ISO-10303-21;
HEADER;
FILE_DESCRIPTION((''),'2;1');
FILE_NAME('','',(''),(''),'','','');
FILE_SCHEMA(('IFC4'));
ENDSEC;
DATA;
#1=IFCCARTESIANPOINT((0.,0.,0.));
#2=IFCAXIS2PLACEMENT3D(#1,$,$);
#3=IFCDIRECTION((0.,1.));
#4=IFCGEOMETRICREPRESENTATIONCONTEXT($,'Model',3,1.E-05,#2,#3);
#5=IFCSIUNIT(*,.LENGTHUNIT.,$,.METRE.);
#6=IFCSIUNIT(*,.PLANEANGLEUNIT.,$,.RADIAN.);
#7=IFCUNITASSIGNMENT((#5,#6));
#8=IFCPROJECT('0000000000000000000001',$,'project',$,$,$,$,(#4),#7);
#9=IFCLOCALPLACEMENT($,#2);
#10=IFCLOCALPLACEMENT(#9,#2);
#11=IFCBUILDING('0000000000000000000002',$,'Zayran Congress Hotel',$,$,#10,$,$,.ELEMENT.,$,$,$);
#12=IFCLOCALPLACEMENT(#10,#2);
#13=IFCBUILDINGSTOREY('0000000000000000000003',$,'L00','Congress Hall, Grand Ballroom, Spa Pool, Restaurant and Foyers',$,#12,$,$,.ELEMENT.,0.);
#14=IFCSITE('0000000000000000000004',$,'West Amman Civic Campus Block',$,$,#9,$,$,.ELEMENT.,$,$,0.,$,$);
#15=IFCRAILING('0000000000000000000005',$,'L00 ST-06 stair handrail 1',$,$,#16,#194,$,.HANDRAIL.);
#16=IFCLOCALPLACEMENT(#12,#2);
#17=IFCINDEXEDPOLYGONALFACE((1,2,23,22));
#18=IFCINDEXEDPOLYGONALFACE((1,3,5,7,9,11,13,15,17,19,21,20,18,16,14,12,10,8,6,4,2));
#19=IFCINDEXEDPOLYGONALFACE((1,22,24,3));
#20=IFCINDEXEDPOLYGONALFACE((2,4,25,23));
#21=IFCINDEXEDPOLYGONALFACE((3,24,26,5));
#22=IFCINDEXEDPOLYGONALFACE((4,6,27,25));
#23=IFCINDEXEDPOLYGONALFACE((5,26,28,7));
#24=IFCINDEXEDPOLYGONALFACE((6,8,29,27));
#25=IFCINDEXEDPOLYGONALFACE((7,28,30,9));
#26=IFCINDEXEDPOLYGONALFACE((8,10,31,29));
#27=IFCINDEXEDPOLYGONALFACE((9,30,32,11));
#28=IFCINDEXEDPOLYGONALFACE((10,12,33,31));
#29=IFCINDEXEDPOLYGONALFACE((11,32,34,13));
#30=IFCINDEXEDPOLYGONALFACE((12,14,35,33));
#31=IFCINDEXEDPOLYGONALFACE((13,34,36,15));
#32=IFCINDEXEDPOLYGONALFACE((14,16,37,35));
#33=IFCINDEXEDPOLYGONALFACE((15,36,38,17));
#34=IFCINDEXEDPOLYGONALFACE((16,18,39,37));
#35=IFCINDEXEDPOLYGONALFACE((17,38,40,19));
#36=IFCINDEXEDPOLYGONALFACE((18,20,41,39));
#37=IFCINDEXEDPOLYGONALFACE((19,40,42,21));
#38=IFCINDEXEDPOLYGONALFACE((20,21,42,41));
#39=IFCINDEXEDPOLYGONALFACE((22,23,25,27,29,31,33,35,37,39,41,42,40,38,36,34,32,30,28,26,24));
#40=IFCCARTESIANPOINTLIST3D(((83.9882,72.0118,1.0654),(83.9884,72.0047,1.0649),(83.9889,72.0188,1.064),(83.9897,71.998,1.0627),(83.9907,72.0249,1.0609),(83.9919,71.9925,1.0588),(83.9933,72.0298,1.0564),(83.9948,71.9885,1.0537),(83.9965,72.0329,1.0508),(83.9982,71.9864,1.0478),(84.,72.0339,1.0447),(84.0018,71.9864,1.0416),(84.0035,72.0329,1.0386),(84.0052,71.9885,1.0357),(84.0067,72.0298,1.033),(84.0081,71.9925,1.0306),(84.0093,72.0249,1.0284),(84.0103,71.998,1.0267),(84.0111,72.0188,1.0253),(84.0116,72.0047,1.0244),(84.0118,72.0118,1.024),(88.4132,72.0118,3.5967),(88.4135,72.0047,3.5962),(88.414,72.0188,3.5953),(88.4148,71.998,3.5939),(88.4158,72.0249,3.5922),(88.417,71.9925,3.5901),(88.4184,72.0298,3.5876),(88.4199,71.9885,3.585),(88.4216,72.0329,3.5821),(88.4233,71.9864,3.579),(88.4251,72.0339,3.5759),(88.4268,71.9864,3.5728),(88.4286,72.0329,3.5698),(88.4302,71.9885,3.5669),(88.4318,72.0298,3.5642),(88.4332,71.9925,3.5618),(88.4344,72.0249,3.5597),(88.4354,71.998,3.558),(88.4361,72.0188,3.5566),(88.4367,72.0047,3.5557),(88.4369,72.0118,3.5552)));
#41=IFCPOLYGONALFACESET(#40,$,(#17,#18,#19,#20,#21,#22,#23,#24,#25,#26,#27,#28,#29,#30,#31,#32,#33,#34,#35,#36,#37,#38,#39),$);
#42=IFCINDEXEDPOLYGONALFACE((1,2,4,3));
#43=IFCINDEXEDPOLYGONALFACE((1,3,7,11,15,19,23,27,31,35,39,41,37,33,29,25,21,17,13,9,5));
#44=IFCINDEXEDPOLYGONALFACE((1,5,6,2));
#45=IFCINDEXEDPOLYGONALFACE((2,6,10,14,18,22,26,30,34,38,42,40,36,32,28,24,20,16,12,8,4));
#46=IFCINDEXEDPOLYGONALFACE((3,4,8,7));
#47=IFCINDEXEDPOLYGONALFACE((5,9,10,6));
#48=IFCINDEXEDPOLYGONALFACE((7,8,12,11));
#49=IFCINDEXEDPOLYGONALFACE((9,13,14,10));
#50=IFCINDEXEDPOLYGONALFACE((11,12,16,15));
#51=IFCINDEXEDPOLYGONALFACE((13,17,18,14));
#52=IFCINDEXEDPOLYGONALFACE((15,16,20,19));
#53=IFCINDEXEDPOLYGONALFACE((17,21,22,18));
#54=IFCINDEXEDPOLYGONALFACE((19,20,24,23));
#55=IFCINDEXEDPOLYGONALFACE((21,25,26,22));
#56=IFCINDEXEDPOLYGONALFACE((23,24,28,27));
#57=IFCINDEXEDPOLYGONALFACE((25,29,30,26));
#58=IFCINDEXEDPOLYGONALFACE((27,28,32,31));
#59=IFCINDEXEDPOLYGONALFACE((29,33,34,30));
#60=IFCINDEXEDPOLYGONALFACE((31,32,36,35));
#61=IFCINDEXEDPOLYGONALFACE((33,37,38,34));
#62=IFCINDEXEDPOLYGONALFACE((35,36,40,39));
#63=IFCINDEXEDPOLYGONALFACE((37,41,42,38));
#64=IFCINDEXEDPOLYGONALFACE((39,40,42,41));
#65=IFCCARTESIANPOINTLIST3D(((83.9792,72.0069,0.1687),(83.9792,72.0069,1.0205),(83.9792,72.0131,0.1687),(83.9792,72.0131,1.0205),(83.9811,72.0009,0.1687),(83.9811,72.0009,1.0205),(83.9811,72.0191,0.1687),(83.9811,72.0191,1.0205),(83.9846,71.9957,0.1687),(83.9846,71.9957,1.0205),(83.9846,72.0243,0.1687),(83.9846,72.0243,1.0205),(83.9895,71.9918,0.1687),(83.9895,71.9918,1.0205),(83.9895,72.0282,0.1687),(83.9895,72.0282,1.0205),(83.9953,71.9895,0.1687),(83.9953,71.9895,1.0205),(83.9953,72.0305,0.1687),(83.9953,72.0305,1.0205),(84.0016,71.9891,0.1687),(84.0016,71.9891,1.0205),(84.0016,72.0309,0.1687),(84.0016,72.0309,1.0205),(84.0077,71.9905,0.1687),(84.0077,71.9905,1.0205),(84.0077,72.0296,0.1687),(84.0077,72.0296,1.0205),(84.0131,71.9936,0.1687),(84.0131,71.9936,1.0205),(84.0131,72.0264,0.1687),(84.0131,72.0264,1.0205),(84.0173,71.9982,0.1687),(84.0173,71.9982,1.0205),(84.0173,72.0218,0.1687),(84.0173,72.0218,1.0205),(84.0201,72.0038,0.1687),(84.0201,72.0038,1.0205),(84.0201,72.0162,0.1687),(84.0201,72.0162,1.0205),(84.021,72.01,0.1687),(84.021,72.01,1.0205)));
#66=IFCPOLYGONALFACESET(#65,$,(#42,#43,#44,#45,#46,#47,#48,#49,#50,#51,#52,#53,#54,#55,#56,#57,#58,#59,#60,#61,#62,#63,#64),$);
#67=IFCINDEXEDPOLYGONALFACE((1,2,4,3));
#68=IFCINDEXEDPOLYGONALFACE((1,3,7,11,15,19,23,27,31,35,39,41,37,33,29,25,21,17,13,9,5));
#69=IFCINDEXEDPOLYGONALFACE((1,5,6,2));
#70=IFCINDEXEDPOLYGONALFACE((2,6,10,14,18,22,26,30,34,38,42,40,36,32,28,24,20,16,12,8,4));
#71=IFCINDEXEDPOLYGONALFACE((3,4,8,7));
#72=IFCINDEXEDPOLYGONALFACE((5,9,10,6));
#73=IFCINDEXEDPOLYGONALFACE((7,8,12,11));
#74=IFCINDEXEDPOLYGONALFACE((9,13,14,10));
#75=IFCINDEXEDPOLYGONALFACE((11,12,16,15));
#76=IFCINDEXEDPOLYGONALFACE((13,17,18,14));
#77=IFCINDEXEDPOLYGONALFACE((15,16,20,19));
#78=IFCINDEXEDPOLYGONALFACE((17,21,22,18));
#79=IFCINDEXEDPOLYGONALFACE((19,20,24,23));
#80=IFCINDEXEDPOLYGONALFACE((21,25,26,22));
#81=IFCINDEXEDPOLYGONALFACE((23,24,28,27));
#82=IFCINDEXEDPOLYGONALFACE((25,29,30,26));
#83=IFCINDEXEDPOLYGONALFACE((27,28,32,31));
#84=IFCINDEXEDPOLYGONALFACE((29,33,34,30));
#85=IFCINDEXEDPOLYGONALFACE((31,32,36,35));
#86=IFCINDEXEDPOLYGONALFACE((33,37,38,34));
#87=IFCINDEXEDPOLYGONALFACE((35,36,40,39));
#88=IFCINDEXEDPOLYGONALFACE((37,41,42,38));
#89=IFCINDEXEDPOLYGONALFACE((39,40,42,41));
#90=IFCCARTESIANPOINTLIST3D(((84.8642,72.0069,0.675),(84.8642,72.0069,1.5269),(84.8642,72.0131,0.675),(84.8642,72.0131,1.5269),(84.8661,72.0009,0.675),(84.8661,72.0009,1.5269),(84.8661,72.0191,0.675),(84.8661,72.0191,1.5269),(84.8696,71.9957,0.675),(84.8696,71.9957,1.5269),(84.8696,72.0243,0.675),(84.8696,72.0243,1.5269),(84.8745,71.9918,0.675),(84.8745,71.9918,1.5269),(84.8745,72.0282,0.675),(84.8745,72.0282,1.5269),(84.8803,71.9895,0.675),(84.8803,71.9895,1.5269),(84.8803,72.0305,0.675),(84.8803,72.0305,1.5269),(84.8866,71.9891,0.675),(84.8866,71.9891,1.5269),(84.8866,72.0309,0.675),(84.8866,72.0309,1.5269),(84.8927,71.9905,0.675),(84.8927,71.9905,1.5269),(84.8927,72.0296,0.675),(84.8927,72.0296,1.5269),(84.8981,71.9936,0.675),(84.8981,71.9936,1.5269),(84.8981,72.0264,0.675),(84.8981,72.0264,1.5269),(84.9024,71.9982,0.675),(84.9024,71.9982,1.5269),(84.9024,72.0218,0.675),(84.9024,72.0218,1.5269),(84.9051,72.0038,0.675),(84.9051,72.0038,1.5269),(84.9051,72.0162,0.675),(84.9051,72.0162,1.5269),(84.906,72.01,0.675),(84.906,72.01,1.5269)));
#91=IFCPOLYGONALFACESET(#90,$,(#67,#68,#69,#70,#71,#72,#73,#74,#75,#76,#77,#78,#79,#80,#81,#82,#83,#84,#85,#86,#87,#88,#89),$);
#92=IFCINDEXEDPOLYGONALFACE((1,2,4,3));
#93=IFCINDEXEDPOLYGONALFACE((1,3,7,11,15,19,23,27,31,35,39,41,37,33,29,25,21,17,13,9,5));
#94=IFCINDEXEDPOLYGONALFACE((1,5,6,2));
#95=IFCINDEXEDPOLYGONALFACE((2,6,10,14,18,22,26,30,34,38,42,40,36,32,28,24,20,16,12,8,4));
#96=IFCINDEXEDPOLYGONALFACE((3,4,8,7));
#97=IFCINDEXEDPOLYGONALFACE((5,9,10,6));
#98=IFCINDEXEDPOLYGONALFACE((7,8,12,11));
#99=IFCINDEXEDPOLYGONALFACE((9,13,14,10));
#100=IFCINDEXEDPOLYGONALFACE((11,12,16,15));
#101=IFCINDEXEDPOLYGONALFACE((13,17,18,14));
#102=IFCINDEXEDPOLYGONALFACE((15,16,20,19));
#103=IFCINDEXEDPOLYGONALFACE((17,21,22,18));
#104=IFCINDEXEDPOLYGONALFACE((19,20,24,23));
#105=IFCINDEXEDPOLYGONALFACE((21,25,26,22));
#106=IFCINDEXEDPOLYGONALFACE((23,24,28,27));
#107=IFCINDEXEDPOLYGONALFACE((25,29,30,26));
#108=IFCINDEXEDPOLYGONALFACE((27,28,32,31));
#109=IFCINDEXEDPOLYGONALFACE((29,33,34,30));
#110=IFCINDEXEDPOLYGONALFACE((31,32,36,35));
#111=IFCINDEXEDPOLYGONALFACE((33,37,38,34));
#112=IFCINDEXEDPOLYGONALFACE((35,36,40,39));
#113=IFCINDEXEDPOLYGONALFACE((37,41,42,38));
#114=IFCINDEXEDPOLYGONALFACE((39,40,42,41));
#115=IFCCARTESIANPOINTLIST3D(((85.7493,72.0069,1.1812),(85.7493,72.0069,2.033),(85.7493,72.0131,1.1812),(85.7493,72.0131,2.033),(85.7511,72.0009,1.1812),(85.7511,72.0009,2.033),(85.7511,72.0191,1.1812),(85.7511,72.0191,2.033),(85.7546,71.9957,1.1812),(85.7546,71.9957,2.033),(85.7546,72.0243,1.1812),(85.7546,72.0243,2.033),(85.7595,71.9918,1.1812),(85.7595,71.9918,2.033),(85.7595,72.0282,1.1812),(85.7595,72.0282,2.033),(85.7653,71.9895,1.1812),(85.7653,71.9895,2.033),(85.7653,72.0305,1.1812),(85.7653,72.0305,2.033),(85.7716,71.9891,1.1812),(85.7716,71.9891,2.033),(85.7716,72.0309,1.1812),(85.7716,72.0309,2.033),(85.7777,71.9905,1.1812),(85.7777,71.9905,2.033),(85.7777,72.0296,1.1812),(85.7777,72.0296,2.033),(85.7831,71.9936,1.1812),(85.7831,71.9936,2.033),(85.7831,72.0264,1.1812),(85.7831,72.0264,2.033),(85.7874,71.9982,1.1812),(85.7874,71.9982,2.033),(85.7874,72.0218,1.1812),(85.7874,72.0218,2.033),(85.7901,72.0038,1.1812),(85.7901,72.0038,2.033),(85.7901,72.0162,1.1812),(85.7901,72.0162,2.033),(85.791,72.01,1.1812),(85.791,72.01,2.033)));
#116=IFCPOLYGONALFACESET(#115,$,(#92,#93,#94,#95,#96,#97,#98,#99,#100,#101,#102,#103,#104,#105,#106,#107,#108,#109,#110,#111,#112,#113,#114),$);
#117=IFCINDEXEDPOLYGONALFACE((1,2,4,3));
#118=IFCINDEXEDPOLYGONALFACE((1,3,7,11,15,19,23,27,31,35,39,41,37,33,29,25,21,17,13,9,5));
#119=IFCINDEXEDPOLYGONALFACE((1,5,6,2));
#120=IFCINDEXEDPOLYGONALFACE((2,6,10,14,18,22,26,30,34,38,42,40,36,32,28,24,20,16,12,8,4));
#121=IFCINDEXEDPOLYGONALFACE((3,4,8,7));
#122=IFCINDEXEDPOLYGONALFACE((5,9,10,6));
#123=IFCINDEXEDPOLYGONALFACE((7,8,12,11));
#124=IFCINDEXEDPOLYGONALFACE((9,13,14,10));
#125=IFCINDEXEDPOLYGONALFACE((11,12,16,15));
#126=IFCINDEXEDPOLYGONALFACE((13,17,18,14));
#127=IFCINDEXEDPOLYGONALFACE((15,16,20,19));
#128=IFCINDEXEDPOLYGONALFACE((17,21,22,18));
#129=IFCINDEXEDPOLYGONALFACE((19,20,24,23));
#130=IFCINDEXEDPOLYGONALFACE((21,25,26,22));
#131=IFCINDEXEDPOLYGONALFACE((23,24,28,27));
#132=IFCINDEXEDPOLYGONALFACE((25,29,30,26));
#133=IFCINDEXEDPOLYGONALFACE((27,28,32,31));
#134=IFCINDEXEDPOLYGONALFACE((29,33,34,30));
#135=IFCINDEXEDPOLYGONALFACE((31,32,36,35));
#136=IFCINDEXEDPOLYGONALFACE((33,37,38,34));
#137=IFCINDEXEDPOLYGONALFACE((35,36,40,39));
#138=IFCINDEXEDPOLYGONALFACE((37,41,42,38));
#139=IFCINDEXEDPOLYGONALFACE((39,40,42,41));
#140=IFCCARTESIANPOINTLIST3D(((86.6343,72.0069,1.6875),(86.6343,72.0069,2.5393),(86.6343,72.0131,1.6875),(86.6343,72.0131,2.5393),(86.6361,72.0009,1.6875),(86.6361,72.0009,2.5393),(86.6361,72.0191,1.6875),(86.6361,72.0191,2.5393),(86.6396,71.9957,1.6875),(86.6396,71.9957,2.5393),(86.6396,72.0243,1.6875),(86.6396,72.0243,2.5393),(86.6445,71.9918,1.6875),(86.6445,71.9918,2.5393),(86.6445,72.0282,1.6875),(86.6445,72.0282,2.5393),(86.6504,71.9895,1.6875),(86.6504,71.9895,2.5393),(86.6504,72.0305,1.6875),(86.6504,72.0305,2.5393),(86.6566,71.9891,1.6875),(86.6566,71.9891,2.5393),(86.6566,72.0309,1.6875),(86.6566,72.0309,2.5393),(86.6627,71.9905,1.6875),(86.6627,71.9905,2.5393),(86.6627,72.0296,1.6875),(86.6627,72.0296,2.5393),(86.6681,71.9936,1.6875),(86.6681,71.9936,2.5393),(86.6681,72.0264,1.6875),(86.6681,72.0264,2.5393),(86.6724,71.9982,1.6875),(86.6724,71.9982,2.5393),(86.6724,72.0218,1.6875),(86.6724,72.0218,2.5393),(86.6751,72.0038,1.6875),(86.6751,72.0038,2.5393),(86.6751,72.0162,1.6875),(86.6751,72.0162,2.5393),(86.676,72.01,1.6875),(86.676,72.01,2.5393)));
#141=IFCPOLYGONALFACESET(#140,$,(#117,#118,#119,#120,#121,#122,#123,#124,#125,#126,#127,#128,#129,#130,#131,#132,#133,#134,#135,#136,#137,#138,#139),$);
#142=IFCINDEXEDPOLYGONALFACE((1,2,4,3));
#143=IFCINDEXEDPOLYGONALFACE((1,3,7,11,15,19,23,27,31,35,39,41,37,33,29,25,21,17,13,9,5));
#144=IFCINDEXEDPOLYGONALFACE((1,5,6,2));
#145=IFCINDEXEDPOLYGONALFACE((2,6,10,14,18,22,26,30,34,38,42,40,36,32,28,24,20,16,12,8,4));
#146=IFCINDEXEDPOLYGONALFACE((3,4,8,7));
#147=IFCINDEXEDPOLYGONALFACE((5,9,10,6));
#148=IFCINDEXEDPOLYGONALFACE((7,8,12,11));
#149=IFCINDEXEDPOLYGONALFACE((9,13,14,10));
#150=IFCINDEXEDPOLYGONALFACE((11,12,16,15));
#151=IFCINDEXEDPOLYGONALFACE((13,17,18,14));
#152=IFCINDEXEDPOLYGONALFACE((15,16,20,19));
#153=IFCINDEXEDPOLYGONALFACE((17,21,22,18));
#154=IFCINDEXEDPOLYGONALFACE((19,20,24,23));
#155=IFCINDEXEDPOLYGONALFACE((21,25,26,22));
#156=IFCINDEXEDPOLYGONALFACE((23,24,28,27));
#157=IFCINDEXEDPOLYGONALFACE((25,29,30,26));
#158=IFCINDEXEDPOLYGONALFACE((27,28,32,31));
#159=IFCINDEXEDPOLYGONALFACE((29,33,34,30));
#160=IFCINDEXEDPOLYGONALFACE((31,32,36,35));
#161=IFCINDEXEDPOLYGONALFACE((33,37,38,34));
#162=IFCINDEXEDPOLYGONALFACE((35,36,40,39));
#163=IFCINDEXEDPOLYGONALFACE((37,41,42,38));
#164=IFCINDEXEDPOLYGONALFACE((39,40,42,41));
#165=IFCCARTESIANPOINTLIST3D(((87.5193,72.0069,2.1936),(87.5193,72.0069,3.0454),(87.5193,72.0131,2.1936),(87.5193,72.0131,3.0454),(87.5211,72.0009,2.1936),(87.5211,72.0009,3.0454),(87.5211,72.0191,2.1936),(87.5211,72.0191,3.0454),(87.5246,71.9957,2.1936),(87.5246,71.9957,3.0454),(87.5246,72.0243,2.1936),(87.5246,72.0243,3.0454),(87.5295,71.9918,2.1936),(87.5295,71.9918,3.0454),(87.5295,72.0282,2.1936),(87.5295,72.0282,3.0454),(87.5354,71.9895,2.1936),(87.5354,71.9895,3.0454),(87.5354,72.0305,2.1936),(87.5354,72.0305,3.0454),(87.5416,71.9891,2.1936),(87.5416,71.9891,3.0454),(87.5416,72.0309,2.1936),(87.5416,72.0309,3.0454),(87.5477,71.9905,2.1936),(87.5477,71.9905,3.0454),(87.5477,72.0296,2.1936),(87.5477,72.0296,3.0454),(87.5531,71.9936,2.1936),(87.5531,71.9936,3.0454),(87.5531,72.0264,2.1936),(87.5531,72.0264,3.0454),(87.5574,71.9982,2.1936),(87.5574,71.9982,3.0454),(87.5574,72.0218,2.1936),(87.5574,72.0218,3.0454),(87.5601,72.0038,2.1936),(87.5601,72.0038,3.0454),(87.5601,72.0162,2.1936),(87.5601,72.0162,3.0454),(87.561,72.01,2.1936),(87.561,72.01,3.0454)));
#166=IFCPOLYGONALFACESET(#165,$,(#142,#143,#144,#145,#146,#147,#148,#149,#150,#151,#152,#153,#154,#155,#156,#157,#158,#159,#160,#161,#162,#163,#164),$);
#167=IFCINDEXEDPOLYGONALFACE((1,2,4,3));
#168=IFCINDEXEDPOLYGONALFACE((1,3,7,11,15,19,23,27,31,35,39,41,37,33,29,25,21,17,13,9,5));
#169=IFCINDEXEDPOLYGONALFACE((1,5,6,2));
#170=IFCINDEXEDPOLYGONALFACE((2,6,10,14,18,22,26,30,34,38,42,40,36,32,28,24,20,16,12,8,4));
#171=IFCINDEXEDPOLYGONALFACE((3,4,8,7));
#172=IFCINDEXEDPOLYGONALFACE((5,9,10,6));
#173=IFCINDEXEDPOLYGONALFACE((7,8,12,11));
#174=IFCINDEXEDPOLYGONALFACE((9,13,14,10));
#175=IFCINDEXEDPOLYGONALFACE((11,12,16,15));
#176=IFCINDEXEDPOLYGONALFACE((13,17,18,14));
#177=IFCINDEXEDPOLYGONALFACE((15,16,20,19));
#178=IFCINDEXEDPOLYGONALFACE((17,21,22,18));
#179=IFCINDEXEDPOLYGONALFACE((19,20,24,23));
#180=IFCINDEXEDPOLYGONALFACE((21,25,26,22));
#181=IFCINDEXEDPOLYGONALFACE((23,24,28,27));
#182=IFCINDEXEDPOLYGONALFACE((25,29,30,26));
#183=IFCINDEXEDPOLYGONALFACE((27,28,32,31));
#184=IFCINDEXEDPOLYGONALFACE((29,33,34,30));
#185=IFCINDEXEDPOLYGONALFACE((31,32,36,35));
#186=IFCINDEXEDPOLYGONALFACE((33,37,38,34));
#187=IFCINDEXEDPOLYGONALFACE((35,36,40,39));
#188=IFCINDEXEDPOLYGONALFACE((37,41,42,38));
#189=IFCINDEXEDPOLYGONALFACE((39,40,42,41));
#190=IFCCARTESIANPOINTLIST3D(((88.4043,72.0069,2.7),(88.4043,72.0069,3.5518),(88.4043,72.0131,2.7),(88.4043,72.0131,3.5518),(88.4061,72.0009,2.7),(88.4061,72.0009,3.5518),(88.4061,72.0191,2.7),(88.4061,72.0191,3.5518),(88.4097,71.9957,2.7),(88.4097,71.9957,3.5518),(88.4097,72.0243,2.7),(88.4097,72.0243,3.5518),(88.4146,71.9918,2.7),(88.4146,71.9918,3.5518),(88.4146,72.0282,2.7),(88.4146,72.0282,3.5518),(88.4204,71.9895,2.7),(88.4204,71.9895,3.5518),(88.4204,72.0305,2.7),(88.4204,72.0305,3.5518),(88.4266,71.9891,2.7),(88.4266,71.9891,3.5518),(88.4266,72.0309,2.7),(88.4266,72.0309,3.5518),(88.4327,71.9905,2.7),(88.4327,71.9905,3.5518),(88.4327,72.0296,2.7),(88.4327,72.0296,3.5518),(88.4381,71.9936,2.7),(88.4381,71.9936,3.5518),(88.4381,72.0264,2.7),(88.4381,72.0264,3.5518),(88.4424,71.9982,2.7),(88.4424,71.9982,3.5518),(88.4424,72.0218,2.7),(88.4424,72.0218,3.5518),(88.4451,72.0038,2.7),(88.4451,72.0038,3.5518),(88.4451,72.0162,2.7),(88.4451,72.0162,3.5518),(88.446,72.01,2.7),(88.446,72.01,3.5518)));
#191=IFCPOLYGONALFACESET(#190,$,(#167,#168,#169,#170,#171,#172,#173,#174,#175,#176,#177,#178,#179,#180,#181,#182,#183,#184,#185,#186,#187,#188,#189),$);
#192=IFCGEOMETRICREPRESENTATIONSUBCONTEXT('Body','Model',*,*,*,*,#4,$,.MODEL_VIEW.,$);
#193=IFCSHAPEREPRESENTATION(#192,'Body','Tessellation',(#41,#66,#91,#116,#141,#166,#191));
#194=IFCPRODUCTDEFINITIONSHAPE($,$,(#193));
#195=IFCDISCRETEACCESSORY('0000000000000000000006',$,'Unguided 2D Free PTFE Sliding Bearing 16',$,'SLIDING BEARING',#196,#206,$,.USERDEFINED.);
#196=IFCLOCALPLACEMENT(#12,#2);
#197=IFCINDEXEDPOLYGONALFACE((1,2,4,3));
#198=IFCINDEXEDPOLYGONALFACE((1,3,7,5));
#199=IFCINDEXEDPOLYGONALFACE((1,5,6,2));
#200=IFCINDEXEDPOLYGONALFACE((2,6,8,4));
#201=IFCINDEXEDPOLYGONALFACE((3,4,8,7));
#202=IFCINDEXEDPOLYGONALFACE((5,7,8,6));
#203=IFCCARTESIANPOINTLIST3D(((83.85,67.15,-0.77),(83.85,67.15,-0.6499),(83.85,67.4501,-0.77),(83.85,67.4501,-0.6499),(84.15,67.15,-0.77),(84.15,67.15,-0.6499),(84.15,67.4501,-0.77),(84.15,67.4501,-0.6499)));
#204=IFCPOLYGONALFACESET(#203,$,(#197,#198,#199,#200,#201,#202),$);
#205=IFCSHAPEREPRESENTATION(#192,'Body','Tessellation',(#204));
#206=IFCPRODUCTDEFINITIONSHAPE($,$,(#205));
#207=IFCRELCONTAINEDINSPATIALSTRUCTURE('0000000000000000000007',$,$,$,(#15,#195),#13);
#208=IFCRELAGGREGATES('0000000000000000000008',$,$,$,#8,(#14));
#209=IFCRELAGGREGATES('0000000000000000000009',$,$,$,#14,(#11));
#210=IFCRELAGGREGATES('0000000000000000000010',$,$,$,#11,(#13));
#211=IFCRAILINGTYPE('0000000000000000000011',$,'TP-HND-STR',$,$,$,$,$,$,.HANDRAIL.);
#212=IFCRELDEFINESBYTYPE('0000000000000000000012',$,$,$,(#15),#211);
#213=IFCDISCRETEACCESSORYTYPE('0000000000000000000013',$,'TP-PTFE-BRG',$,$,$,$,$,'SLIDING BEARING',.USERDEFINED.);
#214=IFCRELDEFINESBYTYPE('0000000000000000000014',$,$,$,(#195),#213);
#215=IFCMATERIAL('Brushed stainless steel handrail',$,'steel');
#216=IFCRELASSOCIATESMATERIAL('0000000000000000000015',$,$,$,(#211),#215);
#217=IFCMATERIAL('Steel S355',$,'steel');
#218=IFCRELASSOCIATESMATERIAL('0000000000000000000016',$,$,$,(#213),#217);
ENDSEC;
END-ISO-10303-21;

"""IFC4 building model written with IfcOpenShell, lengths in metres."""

from ifc_helpers import new_model, si_unit, direction, frame, origin, origin_2d, place, context, subcontext, project, spatial, rectangle, circle, extrude, material, type_object, element, save


model = new_model("IFC4")

# Units and contexts
model_context = context("Model", 3, precision=1e-05, world=origin(), true_north=direction((0.0, 1.0)))
body_context = subcontext(model_context, "Body", "Model", "MODEL_VIEW")
ifc_project = project(units=[si_unit("LENGTHUNIT", "METRE"), si_unit("PLANEANGLEUNIT", "RADIAN")], contexts=[model_context])

# Site, building, storey
site_placement = place(None, origin())
site = spatial("IfcSite", under=ifc_project, at=site_placement, Name="West Amman Civic Campus Block", CompositionType="ELEMENT", RefElevation=0.0)
building_placement = place(site_placement, origin())
building = spatial("IfcBuilding", under=site, at=building_placement, Name="Zayran Congress Hotel", CompositionType="ELEMENT")
storey_placement = place(building_placement, origin())
storey = spatial("IfcBuildingStorey", under=building, at=storey_placement, Name="L00", Description="Congress Hall, Grand Ballroom, Spa Pool, Restaurant and Foyers", CompositionType="ELEMENT", Elevation=0.0)

# Shared definitions
ifc_material_1 = material(Name="Steel S355", Category="steel")

# Railing
ifc_material_2 = material(Name="Brushed stainless steel handrail", Category="steel")
railing_type_1 = type_object("IfcRailingType", Name="TP-HND-STR", PredefinedType="HANDRAIL", material=ifc_material_2)
railing_1_placement = place(storey_placement, frame((84.0, 72.01, 0.1687)))
element("IfcRailing", 1, at=railing_1_placement, inside=storey, type_object=railing_type_1, Name="L00 ST-06 stair handrail 1", PredefinedType="HANDRAIL", context=body_context, shape_type="SweptSolid", body=[
    extrude(circle(Radius=0.0239, at=origin_2d()), frame((0.0, 0.0, 0.876), z_axis=(0.868019, 0.0, 0.496531), x_axis=(0.0, 1.0, 0.0)), (0.0, 0.0, 1.0), 5.0979),
    extrude(circle(Radius=0.021, at=origin_2d()), origin(), (0.0, 0.0, 1.0), 0.8518),
    extrude(circle(Radius=0.021, at=origin_2d()), frame((0.885, 0.0, 0.5063)), (0.0, 0.0, 1.0), 0.8518),
    extrude(circle(Radius=0.021, at=origin_2d()), frame((1.77, 0.0, 1.0125)), (0.0, 0.0, 1.0), 0.8518),
    extrude(circle(Radius=0.021, at=origin_2d()), frame((2.655, 0.0, 1.5188)), (0.0, 0.0, 1.0), 0.8518),
    extrude(circle(Radius=0.021, at=origin_2d()), frame((3.54, 0.0, 2.0249)), (0.0, 0.0, 1.0), 0.8518),
    extrude(circle(Radius=0.021, at=origin_2d()), frame((4.425, 0.0, 2.5312)), (0.0, 0.0, 1.0), 0.8518),
])

# Discrete accessory
discrete_accessory_type_1 = type_object("IfcDiscreteAccessoryType", Name="TP-PTFE-BRG", ElementType="SLIDING BEARING", PredefinedType="USERDEFINED", material=ifc_material_1)
discrete_accessory_1_placement = place(storey_placement, frame((84.0, 67.3, -0.77), z_axis=(0.0, 0.0, 1.0), x_axis=(1.0, 0.0, 0.0)))
element("IfcDiscreteAccessory", 2, at=discrete_accessory_1_placement, inside=storey, type_object=discrete_accessory_type_1, Name="Unguided 2D Free PTFE Sliding Bearing 16", ObjectType="SLIDING BEARING", PredefinedType="USERDEFINED", context=body_context, shape_type="SweptSolid", body=[
    extrude(rectangle(XDim=0.3, YDim=0.3, at=origin_2d()), origin(), (0.0, 0.0, 1.0), 0.1201),
])

save(model, "model.ifc")
